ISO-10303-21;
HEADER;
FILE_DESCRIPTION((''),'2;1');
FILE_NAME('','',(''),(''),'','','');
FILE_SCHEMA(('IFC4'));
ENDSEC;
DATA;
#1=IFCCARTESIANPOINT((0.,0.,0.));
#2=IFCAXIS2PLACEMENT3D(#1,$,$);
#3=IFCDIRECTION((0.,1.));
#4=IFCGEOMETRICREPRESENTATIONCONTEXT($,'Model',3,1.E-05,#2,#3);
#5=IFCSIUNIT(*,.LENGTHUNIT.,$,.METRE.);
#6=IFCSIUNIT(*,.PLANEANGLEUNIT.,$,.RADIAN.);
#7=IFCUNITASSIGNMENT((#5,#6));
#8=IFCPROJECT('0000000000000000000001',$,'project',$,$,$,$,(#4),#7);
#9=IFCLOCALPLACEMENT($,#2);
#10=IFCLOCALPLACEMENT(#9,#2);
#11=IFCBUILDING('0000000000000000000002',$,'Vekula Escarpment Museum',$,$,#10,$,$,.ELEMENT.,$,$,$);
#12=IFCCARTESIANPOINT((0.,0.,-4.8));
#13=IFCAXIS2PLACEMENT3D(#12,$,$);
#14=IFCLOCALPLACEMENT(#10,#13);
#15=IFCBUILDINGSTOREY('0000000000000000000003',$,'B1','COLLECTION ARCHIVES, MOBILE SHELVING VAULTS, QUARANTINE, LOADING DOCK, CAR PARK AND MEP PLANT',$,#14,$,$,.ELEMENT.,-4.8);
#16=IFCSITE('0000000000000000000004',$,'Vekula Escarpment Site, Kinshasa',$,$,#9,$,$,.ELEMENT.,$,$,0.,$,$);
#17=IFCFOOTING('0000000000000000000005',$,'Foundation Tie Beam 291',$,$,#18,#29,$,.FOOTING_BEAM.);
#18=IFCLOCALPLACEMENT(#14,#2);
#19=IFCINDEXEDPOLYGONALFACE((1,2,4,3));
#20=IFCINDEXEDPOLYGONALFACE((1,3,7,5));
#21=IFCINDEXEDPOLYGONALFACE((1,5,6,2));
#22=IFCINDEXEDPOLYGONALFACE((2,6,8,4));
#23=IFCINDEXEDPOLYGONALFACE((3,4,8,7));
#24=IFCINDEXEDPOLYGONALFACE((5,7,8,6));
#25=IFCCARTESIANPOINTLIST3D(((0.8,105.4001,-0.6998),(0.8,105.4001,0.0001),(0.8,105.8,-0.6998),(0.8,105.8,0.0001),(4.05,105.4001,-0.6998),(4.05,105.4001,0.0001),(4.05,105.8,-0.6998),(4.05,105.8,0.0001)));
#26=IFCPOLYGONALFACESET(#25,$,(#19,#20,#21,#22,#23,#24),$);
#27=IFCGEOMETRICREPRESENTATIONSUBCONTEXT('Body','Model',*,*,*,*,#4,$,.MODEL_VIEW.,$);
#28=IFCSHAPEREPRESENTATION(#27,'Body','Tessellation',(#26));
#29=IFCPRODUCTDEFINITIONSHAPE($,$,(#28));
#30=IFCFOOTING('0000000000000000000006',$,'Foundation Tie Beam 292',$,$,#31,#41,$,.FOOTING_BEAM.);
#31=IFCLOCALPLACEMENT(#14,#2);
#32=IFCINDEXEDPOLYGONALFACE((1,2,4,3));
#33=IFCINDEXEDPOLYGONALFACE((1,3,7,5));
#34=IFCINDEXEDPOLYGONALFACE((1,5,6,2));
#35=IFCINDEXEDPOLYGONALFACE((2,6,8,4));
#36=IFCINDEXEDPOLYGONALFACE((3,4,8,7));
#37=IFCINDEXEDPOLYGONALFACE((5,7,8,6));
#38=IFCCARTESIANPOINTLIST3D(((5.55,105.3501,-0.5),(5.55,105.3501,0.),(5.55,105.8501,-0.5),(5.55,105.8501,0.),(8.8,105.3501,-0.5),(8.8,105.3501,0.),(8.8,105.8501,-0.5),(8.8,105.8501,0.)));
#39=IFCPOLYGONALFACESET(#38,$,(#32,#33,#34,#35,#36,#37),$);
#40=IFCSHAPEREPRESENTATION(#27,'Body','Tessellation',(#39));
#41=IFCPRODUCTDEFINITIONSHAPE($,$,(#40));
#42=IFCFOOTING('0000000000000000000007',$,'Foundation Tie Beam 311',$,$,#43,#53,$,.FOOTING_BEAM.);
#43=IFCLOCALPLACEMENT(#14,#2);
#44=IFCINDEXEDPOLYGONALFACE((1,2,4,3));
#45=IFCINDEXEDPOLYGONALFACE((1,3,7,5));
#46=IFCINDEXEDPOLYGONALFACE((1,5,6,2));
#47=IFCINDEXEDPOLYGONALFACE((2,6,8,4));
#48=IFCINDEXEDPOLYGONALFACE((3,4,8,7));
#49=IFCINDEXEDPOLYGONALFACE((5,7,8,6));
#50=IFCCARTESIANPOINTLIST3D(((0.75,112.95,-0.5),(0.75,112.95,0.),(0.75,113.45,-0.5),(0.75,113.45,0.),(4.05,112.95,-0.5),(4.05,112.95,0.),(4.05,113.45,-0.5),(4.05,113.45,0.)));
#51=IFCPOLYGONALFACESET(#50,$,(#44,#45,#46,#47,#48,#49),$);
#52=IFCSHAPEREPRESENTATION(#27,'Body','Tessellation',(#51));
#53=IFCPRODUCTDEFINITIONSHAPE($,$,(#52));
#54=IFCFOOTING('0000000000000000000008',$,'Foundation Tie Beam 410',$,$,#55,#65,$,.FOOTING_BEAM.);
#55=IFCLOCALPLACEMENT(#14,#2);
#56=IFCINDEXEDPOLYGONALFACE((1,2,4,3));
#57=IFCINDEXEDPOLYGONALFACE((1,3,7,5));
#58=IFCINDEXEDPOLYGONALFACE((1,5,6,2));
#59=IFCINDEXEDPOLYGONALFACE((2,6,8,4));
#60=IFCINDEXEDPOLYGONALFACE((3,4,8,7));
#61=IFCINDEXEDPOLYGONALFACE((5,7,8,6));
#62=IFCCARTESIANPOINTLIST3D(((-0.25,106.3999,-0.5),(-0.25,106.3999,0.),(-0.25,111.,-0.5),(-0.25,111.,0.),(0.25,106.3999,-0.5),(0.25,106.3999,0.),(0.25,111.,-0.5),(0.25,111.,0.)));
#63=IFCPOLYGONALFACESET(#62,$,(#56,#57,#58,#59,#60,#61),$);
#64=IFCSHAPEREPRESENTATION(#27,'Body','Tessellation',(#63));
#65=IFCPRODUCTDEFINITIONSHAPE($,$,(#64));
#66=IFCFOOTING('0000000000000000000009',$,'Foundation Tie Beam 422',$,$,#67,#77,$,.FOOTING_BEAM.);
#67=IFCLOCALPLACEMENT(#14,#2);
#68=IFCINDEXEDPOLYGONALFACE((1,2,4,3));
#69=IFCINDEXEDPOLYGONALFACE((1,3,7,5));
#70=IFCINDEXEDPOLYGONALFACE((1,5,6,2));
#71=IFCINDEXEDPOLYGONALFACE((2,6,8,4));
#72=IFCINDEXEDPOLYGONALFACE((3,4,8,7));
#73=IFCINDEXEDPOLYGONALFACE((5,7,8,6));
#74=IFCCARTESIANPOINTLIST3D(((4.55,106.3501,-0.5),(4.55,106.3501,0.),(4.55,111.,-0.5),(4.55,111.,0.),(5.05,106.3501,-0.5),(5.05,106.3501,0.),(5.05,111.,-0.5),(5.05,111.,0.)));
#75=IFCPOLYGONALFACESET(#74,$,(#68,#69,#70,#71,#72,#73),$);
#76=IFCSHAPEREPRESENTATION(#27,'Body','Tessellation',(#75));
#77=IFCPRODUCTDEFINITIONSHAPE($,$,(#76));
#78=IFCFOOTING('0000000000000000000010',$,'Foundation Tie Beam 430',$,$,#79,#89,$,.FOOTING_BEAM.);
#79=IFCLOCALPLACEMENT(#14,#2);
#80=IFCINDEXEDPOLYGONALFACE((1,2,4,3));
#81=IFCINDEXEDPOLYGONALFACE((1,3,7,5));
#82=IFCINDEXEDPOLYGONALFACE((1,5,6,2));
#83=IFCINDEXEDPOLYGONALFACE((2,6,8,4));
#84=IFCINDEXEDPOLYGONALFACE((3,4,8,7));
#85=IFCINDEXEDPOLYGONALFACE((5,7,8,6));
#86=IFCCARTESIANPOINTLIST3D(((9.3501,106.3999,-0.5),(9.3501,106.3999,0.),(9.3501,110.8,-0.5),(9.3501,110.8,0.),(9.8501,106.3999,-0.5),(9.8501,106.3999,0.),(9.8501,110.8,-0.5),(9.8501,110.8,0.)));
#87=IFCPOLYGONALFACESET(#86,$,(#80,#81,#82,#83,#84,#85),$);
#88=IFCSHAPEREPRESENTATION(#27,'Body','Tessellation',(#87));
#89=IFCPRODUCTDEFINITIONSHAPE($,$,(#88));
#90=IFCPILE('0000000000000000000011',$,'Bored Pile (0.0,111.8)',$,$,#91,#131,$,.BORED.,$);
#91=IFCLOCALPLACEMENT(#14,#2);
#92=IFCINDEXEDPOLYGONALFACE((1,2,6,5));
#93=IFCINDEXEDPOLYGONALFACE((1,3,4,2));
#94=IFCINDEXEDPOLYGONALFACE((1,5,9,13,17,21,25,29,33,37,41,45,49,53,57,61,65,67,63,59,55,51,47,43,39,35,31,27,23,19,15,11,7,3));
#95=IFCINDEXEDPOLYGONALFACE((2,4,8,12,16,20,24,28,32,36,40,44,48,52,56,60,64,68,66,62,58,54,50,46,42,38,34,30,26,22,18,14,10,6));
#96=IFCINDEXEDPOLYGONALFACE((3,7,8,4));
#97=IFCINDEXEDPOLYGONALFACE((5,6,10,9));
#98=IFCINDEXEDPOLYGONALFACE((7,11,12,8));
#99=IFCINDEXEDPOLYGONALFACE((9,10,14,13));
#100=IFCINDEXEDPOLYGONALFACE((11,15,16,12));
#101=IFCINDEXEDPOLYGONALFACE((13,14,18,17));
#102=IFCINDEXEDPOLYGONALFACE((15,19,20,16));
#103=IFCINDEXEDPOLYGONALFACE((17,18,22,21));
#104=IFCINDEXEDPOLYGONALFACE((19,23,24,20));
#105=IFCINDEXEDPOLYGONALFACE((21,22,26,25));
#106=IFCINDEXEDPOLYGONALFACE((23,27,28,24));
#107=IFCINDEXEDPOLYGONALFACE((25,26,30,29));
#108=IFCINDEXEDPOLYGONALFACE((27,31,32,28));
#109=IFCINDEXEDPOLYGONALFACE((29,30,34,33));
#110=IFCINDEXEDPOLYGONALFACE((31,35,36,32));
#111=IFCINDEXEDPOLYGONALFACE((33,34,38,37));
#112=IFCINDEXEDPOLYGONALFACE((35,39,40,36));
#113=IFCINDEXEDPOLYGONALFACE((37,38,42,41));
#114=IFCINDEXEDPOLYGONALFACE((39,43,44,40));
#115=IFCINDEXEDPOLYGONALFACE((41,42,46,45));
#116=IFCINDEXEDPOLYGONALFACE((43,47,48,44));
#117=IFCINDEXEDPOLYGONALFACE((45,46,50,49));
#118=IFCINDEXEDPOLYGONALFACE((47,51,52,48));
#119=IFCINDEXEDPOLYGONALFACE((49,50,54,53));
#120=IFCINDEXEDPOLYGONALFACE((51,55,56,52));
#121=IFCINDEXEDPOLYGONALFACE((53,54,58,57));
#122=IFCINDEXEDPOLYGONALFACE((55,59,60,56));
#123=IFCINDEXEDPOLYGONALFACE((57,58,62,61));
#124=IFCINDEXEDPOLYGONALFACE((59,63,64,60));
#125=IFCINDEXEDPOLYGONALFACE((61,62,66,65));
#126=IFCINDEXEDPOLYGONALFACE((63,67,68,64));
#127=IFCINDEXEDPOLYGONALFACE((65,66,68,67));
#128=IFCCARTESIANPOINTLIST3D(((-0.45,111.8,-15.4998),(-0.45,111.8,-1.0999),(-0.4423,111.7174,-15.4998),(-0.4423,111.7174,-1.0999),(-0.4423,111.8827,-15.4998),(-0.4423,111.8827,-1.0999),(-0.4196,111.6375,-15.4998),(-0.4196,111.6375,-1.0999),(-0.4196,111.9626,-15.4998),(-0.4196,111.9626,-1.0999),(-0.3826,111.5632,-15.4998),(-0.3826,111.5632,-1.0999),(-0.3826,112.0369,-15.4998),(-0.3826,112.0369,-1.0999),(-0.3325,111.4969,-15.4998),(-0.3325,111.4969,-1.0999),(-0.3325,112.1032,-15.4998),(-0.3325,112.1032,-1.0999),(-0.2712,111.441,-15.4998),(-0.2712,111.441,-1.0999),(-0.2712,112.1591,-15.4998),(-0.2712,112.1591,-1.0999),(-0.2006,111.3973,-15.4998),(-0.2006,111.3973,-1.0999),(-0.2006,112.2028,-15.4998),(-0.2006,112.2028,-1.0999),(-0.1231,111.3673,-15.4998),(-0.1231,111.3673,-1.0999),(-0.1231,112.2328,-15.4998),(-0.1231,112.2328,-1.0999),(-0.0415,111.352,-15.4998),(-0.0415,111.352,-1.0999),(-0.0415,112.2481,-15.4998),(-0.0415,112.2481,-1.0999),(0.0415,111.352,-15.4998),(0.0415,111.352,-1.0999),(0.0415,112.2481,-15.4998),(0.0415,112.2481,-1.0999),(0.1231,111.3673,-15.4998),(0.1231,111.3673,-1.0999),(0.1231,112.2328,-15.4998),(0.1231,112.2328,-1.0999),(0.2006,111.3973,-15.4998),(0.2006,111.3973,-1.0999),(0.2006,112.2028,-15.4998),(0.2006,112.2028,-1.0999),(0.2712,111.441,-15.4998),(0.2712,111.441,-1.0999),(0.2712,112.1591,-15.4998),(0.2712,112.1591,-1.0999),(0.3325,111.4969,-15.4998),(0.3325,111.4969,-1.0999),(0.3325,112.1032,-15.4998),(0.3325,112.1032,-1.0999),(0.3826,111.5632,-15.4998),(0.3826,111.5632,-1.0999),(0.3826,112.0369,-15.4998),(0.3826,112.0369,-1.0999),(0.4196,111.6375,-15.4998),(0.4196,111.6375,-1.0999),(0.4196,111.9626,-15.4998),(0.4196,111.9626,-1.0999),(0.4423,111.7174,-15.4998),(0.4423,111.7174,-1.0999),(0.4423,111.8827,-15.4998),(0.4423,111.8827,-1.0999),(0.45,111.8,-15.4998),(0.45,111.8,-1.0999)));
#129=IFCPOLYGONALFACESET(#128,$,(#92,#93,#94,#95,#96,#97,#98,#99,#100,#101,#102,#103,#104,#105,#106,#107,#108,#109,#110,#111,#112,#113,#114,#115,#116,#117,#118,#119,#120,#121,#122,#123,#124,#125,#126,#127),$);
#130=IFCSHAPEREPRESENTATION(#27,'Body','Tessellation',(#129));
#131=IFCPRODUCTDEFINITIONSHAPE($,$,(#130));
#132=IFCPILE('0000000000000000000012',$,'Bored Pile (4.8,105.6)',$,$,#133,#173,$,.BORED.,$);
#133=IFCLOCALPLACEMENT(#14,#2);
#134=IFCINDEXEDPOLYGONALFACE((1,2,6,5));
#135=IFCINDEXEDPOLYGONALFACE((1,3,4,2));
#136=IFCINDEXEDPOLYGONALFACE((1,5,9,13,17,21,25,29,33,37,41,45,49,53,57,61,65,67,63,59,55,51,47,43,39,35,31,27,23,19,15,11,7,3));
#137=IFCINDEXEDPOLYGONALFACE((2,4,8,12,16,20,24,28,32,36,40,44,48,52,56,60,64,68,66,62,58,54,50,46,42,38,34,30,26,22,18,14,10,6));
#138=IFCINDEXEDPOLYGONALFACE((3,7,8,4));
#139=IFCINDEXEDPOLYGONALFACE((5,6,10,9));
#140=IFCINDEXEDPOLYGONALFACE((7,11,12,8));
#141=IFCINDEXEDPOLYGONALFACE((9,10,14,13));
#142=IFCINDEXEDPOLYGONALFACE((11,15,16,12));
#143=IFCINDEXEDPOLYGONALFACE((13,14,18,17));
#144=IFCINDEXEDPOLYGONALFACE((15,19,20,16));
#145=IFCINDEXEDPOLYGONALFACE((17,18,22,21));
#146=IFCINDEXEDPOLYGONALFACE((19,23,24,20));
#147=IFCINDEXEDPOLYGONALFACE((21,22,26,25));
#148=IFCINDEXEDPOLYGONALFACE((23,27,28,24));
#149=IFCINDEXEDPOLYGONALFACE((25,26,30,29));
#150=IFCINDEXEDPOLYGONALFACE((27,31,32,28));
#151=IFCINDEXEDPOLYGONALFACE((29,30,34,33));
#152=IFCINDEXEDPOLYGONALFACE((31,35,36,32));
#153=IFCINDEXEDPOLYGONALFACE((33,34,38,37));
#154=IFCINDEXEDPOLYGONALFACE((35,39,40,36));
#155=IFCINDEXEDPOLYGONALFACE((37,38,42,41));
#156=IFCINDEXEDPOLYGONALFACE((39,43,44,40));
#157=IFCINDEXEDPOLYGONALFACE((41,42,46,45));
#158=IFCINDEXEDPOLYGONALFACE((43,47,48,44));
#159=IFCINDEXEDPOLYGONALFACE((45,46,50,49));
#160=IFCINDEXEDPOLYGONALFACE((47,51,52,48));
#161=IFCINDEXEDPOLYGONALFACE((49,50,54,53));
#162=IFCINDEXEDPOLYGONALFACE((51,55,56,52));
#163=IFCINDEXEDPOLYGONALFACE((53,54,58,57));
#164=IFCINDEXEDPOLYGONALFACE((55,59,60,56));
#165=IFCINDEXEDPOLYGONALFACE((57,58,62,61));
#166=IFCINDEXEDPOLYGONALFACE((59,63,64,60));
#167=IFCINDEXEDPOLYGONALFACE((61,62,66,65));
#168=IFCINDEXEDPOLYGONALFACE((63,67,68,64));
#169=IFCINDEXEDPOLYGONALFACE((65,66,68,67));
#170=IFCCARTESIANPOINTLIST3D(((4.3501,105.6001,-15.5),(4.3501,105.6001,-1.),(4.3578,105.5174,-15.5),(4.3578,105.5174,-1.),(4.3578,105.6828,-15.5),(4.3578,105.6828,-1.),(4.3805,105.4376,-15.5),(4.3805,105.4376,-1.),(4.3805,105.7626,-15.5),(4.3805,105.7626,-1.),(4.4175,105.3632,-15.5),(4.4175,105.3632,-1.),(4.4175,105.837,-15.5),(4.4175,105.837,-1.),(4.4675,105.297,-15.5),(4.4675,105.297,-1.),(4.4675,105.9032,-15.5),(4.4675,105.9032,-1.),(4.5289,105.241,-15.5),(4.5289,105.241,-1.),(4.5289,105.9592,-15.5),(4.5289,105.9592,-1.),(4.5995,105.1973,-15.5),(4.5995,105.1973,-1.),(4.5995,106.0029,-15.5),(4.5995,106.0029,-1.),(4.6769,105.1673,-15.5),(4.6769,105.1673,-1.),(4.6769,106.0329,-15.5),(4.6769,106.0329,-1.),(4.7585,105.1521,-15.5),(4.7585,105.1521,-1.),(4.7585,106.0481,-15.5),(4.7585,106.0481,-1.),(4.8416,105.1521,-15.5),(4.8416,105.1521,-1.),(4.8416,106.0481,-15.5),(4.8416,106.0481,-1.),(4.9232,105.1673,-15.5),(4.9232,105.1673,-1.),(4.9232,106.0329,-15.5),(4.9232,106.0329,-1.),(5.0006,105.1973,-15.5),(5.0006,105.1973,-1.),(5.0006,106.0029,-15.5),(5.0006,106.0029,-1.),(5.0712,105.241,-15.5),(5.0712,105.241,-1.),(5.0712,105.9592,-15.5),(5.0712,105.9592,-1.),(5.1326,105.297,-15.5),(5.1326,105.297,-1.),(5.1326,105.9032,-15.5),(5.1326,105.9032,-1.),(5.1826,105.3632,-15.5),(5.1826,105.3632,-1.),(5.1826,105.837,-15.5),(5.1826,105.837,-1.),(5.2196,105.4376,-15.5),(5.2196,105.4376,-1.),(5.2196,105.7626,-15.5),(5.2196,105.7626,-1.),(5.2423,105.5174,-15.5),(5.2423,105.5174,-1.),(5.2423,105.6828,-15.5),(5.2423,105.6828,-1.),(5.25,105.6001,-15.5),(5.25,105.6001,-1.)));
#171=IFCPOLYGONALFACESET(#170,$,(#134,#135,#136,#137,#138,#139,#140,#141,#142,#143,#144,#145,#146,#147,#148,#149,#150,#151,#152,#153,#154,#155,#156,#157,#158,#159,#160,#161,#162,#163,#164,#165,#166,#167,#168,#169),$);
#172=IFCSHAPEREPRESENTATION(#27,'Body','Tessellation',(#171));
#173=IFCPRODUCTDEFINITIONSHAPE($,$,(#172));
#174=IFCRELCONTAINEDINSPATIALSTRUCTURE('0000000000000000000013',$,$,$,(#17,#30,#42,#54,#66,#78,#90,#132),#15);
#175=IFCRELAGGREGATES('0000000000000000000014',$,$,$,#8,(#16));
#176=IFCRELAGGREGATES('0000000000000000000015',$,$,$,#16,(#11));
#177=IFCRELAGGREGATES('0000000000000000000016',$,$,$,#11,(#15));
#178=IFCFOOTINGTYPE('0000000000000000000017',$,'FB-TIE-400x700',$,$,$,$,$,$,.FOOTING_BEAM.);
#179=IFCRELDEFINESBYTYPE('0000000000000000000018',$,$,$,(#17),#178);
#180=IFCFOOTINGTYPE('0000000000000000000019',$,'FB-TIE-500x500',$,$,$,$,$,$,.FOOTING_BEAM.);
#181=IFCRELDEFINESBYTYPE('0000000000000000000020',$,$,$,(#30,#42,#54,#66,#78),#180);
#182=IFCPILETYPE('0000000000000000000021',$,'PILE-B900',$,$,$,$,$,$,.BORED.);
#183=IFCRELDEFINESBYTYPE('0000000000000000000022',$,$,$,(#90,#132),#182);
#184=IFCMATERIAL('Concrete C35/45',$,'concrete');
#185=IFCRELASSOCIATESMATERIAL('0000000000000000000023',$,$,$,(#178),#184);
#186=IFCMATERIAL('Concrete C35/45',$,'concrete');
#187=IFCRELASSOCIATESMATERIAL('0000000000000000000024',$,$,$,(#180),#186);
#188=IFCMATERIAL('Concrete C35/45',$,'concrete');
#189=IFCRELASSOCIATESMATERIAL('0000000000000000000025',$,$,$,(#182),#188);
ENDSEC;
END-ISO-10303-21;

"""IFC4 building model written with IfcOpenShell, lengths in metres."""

from ifc_helpers import new_model, si_unit, direction, frame, origin, origin_2d, place, context, subcontext, project, spatial, rectangle, circle, extrude, material, material_profile, profile_set, type_object, element, save


model = new_model("IFC4")

# Units and contexts
model_context = context("Model", 3, precision=1e-05, world=origin(), true_north=direction((0.0, 1.0)))
body_context = subcontext(model_context, "Body", "Model", "MODEL_VIEW")
ifc_project = project(units=[si_unit("LENGTHUNIT", "METRE"), si_unit("PLANEANGLEUNIT", "RADIAN")], contexts=[model_context])

# Site, building, storey
site_placement = place(None, origin())
site = spatial("IfcSite", under=ifc_project, at=site_placement, Name="Vekula Escarpment Site, Kinshasa", CompositionType="ELEMENT", RefElevation=0.0)
building_placement = place(site_placement, origin())
building = spatial("IfcBuilding", under=site, at=building_placement, Name="Vekula Escarpment Museum", CompositionType="ELEMENT")
storey_placement = place(building_placement, frame((0.0, 0.0, -4.8)))
storey = spatial("IfcBuildingStorey", under=building, at=storey_placement, Name="B1", Description="COLLECTION ARCHIVES, MOBILE SHELVING VAULTS, QUARANTINE, LOADING DOCK, CAR PARK AND MEP PLANT", CompositionType="ELEMENT", Elevation=-4.8)

# Footings
ifc_material_1 = material(Name="Concrete C35/45", Category="concrete")
ifc_material_profile_1 = material_profile(ifc_material_1, rectangle(XDim=0.3999, YDim=0.7, at=origin_2d()), Name="RC 400x700")
ifc_profile_set_1 = profile_set([ifc_material_profile_1], Name="Concrete C35/45")
footing_type_1 = type_object("IfcFootingType", Name="FB-TIE-400x700", PredefinedType="FOOTING_BEAM", material=ifc_profile_set_1)
footing_1_placement = place(storey_placement, frame((0.8, 105.6001, -0.3499), z_axis=(1.0, 0.0, 0.0), x_axis=(0.0, 1.0, 0.0)))
element("IfcFooting", 1, at=footing_1_placement, inside=storey, type_object=footing_type_1, Name="Foundation Tie Beam 291", PredefinedType="FOOTING_BEAM", context=body_context, shape_type="SweptSolid", body=[
    extrude(rectangle(XDim=0.3999, YDim=0.7, at=origin_2d()), origin(), (0.0, 0.0, 1.0), 3.25),
])
ifc_material_2 = material(Name="Concrete C35/45", Category="concrete")
ifc_material_profile_2 = material_profile(ifc_material_2, rectangle(XDim=0.5, YDim=0.5, at=origin_2d()), Name="RC 500x500")
ifc_profile_set_2 = profile_set([ifc_material_profile_2], Name="Concrete C35/45")
footing_type_2 = type_object("IfcFootingType", Name="FB-TIE-500x500", PredefinedType="FOOTING_BEAM", material=ifc_profile_set_2)
footing_2_placement = place(storey_placement, frame((5.55, 105.6001, -0.25), z_axis=(1.0, 0.0, 0.0), x_axis=(0.0, 1.0, 0.0)))
element("IfcFooting", 2, at=footing_2_placement, inside=storey, type_object=footing_type_2, Name="Foundation Tie Beam 292", PredefinedType="FOOTING_BEAM", context=body_context, shape_type="SweptSolid", body=[
    extrude(rectangle(XDim=0.5, YDim=0.5, at=origin_2d()), origin(), (0.0, 0.0, 1.0), 3.25),
])
footing_3_placement = place(storey_placement, frame((0.75, 113.2, -0.25), z_axis=(1.0, 0.0, 0.0), x_axis=(0.0, 1.0, 0.0)))
element("IfcFooting", 3, at=footing_3_placement, inside=storey, type_object=footing_type_2, Name="Foundation Tie Beam 311", PredefinedType="FOOTING_BEAM", context=body_context, shape_type="SweptSolid", body=[
    extrude(rectangle(XDim=0.5, YDim=0.5, at=origin_2d()), origin(), (0.0, 0.0, 1.0), 3.3),
])
footing_4_placement = place(storey_placement, frame((0.0, 106.3999, -0.25), z_axis=(0.0, 1.0, 0.0), x_axis=(-1.0, 0.0, 0.0)))
element("IfcFooting", 4, at=footing_4_placement, inside=storey, type_object=footing_type_2, Name="Foundation Tie Beam 410", PredefinedType="FOOTING_BEAM", context=body_context, shape_type="SweptSolid", body=[
    extrude(rectangle(XDim=0.5, YDim=0.5, at=origin_2d()), origin(), (0.0, 0.0, 1.0), 4.6001),
])
footing_5_placement = place(storey_placement, frame((4.8, 106.3501, -0.25), z_axis=(0.0, 1.0, 0.0), x_axis=(-1.0, 0.0, 0.0)))
element("IfcFooting", 5, at=footing_5_placement, inside=storey, type_object=footing_type_2, Name="Foundation Tie Beam 422", PredefinedType="FOOTING_BEAM", context=body_context, shape_type="SweptSolid", body=[
    extrude(rectangle(XDim=0.5, YDim=0.5, at=origin_2d()), origin(), (0.0, 0.0, 1.0), 4.6499),
])
footing_6_placement = place(storey_placement, frame((9.6001, 106.3999, -0.25), z_axis=(0.0, 1.0, 0.0), x_axis=(-1.0, 0.0, 0.0)))
element("IfcFooting", 6, at=footing_6_placement, inside=storey, type_object=footing_type_2, Name="Foundation Tie Beam 430", PredefinedType="FOOTING_BEAM", context=body_context, shape_type="SweptSolid", body=[
    extrude(rectangle(XDim=0.5, YDim=0.5, at=origin_2d()), origin(), (0.0, 0.0, 1.0), 4.4001),
])

# Piles
ifc_material_3 = material(Name="Concrete C35/45", Category="concrete")
ifc_material_profile_3 = material_profile(ifc_material_3, circle(Radius=0.45, at=origin_2d()), Name="BORED PILE 900")
ifc_profile_set_3 = profile_set([ifc_material_profile_3], Name="Concrete C35/45")
pile_type = type_object("IfcPileType", Name="PILE-B900", PredefinedType="BORED", material=ifc_profile_set_3)
pile_1_placement = place(storey_placement, frame((0.0, 111.8, -1.0999), z_axis=(0.0, 0.0, -1.0), x_axis=(1.0, 0.0, 0.0)))
element("IfcPile", 7, at=pile_1_placement, inside=storey, type_object=pile_type, Name="Bored Pile (0.0,111.8)", PredefinedType="BORED", context=body_context, shape_type="SweptSolid", body=[
    extrude(circle(Radius=0.45, at=origin_2d()), origin(), (0.0, 0.0, 1.0), 14.3999),
])
pile_2_placement = place(storey_placement, frame((4.8, 105.6001, -1.0), z_axis=(0.0, 0.0, -1.0), x_axis=(1.0, 0.0, 0.0)))
element("IfcPile", 8, at=pile_2_placement, inside=storey, type_object=pile_type, Name="Bored Pile (4.8,105.6)", PredefinedType="BORED", context=body_context, shape_type="SweptSolid", body=[
    extrude(circle(Radius=0.45, at=origin_2d()), origin(), (0.0, 0.0, 1.0), 14.5),
])

save(model, "model.ifc")
